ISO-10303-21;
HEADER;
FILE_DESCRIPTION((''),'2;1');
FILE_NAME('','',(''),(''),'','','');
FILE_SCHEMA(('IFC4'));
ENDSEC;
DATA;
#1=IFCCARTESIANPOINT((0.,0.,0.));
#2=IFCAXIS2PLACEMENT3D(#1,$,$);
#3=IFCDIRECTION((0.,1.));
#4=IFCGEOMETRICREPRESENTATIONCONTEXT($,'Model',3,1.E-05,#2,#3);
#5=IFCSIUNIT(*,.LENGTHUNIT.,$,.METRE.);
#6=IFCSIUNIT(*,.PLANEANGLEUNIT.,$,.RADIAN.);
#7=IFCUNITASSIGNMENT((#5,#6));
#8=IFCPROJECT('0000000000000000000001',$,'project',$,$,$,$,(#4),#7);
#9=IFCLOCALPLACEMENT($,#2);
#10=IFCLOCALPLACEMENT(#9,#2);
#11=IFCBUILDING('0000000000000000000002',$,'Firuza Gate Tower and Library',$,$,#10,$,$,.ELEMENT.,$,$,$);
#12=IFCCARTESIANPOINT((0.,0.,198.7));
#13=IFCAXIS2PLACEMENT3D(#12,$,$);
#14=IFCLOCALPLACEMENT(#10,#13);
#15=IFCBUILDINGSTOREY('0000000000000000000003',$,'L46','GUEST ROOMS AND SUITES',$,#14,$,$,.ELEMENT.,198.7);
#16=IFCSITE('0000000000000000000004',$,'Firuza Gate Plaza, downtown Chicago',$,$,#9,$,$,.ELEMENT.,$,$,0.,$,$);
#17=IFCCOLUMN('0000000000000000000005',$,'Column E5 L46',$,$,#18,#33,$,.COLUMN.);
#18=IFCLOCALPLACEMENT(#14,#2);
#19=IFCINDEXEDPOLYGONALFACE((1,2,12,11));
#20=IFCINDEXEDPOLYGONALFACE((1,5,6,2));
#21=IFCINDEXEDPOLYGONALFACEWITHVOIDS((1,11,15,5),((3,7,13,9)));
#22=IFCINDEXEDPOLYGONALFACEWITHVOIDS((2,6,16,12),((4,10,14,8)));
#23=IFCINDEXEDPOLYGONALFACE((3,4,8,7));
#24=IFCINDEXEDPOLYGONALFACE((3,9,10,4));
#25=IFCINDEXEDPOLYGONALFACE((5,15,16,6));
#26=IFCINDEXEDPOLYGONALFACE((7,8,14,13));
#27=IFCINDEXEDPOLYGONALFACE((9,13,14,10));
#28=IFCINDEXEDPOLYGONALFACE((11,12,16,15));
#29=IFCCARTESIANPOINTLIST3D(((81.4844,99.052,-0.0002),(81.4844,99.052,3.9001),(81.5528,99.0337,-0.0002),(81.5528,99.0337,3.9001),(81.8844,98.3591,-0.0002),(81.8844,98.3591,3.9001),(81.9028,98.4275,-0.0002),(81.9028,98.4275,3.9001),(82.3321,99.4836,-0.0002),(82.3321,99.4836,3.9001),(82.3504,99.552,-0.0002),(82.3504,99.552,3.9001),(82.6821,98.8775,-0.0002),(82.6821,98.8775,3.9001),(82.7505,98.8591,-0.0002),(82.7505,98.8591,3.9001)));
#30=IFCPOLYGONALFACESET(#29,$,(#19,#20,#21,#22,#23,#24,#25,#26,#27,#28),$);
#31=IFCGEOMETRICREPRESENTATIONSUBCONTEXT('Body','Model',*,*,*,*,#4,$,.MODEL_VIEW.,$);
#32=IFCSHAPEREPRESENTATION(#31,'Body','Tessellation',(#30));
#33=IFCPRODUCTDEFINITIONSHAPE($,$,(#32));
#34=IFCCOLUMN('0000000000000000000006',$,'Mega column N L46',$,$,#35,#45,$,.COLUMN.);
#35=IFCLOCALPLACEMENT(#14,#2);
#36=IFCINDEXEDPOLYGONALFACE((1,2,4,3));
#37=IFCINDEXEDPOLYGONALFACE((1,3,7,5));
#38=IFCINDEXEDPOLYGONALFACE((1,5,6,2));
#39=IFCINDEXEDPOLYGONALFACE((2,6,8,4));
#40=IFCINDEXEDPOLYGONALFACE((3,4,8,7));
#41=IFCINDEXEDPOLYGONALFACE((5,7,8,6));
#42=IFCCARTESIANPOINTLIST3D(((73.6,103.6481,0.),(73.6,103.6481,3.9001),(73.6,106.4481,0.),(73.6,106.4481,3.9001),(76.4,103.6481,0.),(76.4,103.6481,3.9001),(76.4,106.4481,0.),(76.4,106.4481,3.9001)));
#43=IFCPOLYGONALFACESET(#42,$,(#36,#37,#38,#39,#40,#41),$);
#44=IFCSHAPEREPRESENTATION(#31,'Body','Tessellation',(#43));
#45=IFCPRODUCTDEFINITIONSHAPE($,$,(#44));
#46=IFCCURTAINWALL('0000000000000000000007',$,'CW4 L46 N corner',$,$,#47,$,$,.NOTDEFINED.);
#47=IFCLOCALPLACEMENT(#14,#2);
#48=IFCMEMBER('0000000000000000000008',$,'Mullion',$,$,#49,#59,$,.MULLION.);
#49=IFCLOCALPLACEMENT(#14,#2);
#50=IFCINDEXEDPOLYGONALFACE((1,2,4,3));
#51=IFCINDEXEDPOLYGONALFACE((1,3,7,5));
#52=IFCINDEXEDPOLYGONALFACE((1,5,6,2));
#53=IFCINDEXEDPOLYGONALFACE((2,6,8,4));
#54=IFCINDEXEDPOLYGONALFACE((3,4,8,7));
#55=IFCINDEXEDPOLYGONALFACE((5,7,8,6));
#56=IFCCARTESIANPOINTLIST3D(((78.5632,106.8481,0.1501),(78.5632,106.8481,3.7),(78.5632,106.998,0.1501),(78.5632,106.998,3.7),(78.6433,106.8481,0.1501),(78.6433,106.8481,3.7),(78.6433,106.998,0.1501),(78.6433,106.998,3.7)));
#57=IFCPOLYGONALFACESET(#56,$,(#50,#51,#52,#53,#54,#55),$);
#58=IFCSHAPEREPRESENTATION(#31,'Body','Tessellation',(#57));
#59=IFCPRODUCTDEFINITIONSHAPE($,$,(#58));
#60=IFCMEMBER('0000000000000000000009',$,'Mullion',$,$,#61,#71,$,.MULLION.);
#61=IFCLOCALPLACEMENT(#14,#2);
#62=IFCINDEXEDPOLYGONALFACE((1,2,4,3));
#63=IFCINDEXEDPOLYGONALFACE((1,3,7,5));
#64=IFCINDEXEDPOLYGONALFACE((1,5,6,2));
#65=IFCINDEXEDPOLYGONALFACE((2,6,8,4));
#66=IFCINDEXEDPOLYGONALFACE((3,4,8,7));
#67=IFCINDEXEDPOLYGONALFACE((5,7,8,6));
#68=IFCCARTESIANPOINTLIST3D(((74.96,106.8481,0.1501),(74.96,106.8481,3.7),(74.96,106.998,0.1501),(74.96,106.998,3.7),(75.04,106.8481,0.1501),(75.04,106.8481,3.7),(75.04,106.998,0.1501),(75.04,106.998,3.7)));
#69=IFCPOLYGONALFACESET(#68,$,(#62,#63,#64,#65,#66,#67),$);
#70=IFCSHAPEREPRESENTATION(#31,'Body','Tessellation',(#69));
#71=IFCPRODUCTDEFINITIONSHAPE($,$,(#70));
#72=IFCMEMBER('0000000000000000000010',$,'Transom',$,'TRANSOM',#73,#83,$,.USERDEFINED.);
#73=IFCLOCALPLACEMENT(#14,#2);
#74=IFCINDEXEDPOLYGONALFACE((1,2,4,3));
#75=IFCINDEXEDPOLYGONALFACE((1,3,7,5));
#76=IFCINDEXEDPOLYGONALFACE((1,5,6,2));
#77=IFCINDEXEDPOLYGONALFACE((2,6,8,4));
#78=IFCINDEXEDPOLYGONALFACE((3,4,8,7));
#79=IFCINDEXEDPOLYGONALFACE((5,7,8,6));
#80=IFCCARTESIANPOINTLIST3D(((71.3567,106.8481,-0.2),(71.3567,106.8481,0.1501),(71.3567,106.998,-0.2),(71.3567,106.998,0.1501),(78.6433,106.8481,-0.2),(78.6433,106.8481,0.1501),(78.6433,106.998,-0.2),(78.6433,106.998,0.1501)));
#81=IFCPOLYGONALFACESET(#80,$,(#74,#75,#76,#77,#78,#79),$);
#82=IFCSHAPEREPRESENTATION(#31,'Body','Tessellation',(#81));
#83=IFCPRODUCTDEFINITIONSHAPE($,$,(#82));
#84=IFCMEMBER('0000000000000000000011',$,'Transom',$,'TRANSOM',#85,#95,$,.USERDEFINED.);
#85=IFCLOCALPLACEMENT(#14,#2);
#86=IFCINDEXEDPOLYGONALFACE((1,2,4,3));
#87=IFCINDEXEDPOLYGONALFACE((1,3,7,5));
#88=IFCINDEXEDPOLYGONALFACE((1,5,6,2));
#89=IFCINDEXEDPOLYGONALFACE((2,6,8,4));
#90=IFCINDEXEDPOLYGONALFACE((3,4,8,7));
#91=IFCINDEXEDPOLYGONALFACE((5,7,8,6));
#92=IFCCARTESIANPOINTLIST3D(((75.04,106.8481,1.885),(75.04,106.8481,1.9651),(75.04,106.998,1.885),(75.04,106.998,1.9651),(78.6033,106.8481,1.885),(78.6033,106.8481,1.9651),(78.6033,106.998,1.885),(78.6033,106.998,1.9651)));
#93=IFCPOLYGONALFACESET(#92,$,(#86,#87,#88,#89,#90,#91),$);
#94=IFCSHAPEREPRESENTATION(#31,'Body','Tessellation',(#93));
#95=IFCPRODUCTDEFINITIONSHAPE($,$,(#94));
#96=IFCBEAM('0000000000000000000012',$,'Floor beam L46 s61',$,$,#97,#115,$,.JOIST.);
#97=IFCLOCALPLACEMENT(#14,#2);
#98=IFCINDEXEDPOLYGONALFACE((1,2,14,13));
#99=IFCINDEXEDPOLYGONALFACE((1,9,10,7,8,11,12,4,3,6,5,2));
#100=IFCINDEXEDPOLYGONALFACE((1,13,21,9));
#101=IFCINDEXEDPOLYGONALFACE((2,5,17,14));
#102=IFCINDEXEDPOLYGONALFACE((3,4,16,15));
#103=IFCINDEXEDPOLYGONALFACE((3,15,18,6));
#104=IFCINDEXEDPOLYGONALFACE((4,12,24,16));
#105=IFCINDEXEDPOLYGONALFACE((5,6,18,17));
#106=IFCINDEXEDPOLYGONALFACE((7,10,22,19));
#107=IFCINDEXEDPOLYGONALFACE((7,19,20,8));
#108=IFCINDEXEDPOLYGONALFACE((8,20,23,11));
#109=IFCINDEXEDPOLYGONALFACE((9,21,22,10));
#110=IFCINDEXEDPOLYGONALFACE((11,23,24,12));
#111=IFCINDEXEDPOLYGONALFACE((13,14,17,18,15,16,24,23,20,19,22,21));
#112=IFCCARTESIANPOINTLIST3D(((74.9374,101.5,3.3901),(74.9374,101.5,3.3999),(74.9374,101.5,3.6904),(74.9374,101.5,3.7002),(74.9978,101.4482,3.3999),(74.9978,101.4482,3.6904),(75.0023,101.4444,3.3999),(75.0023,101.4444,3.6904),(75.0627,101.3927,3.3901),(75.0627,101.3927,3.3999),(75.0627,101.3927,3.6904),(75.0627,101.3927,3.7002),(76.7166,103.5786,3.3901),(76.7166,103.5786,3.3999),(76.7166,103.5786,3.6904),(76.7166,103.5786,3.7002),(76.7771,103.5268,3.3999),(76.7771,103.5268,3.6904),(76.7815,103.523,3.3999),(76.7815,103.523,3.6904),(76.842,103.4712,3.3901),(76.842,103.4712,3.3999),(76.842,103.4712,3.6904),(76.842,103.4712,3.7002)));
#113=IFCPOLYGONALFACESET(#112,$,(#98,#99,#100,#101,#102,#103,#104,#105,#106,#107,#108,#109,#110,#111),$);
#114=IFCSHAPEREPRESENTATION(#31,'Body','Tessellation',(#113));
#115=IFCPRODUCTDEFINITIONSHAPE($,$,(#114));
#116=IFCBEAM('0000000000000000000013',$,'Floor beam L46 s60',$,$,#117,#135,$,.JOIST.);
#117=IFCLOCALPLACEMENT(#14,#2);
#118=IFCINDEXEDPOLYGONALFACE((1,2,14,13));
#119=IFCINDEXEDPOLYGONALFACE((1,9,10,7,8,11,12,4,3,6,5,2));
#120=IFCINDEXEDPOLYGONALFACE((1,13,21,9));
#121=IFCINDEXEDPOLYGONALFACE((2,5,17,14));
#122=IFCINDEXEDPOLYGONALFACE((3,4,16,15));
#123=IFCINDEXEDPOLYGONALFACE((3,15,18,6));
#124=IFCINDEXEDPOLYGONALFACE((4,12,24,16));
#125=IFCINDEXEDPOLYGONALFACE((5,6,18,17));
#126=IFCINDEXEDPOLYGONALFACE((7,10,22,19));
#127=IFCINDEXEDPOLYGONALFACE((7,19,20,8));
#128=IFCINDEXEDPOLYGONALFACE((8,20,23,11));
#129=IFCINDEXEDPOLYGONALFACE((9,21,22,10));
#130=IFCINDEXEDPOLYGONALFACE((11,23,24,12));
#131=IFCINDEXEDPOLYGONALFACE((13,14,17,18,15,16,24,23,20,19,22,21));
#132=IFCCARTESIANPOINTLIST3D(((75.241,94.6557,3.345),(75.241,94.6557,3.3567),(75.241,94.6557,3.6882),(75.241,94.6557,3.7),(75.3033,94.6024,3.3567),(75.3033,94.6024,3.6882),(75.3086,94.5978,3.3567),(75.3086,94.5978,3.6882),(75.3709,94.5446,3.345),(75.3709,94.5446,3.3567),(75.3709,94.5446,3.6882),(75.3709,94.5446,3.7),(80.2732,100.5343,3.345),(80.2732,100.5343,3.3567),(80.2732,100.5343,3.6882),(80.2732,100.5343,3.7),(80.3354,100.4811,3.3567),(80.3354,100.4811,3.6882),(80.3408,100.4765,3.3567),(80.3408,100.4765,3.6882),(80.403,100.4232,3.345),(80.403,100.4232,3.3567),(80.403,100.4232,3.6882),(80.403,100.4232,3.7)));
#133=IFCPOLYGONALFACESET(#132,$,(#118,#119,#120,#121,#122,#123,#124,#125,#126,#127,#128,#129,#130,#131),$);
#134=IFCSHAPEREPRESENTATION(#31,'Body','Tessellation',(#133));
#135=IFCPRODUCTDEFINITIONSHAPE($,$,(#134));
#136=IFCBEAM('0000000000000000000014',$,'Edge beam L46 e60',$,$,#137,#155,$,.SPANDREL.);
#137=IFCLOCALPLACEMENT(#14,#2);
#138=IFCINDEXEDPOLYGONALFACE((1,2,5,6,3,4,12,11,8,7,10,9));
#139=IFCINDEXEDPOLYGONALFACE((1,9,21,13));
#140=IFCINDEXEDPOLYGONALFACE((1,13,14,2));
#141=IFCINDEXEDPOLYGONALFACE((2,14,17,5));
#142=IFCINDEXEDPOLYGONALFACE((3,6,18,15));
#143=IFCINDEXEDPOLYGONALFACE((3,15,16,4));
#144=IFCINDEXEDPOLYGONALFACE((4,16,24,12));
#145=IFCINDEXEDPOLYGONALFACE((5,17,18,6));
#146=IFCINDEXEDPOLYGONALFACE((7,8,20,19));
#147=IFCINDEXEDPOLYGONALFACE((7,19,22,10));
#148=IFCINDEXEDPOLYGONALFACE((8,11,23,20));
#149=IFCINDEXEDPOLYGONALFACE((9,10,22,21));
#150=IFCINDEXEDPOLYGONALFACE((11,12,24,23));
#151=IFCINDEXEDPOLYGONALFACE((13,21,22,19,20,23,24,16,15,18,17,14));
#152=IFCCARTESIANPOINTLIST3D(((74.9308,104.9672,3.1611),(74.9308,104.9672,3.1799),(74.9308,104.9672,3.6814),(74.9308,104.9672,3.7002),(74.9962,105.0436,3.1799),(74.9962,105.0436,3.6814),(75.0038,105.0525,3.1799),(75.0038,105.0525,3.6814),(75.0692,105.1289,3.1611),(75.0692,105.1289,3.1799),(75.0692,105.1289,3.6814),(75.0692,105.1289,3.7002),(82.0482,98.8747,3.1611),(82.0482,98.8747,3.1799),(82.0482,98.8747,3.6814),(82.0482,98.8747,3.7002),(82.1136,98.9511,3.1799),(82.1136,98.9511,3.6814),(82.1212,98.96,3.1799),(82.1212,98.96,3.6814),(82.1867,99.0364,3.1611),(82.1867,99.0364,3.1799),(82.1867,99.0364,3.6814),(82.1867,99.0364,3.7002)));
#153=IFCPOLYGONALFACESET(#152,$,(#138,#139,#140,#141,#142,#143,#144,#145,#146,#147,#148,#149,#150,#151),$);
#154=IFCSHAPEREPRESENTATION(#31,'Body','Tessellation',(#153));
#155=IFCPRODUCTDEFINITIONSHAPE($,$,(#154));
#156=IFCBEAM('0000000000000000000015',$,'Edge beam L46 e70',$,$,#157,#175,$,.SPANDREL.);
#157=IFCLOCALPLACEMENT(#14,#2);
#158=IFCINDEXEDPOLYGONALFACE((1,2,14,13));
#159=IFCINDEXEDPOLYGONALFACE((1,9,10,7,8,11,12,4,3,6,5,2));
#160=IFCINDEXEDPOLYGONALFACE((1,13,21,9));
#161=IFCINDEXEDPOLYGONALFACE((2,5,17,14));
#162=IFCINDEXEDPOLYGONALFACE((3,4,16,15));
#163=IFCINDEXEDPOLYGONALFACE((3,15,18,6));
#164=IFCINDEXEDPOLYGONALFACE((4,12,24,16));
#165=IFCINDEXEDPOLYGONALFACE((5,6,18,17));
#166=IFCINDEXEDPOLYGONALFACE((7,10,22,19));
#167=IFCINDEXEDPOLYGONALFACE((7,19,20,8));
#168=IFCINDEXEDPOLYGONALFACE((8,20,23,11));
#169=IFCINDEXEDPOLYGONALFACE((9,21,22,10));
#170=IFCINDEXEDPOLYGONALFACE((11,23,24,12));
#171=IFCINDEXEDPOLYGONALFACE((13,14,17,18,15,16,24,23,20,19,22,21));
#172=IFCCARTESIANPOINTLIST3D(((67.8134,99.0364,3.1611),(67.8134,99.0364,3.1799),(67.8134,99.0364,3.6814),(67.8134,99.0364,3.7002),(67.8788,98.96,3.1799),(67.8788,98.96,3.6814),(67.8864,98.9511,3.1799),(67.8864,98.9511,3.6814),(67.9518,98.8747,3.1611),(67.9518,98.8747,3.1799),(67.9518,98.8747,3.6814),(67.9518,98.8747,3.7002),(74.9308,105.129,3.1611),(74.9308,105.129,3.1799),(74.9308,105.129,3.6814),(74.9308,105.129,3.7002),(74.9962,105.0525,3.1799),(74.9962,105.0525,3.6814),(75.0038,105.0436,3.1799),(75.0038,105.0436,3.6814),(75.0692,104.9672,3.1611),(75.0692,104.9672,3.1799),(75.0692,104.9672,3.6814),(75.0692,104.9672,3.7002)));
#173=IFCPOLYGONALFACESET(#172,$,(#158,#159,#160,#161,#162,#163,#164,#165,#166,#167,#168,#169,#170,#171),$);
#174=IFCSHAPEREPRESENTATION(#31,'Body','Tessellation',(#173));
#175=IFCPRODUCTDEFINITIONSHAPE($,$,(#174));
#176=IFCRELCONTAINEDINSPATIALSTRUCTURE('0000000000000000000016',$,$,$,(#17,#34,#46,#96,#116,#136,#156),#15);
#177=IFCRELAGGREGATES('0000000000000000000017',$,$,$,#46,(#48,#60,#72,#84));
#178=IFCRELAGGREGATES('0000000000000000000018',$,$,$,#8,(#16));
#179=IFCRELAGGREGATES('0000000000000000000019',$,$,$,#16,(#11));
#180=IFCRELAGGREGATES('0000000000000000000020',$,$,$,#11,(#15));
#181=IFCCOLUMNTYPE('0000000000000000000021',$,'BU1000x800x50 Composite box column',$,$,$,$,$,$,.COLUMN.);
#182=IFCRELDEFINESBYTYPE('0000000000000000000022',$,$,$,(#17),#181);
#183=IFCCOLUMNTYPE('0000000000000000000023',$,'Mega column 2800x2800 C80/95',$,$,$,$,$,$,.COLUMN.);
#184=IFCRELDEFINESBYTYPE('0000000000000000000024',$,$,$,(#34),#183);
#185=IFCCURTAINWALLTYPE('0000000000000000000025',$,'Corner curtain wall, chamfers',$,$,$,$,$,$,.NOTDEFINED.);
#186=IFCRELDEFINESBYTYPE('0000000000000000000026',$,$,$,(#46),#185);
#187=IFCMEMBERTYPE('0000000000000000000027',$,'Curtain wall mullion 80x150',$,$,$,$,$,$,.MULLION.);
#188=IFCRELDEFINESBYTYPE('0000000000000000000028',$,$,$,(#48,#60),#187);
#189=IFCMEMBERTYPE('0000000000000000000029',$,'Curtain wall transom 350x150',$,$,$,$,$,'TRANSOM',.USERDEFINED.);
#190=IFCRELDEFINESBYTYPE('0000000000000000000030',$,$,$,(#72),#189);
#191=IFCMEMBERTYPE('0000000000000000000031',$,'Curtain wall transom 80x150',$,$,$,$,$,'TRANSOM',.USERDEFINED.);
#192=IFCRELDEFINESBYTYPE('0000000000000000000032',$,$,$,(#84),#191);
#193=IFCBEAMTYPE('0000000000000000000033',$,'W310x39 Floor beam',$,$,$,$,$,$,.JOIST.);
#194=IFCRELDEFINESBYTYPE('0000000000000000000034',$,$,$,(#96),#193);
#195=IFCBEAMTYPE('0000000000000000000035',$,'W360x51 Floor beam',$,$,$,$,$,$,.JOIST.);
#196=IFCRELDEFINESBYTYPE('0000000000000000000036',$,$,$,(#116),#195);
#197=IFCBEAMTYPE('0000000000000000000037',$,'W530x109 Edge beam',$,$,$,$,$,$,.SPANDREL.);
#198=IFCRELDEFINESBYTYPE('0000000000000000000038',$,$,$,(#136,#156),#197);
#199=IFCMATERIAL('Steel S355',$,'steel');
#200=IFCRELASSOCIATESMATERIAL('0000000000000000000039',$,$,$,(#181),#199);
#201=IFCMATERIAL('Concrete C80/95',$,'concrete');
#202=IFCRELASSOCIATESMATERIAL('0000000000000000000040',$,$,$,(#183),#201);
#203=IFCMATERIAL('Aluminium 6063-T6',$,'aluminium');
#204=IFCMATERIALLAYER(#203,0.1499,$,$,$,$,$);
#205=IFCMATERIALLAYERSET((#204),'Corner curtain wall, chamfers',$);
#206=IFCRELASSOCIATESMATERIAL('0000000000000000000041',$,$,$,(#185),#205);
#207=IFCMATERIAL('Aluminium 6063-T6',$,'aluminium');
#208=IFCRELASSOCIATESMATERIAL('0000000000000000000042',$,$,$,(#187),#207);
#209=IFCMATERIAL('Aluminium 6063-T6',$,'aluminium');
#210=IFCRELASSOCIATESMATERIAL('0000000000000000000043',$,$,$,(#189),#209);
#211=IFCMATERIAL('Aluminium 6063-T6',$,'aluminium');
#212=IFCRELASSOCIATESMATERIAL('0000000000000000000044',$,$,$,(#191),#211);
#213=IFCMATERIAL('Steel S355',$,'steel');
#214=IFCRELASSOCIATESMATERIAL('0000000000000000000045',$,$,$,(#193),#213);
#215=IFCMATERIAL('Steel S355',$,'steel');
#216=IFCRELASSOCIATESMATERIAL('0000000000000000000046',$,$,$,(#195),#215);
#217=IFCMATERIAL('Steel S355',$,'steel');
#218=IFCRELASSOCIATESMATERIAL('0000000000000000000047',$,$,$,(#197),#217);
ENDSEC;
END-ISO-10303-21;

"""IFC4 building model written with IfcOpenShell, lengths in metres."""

from ifc_helpers import new_model, si_unit, direction, frame, origin, origin_2d, place, context, subcontext, project, spatial, rectangle, hollow_rectangle, i_section, extrude, material, layer, layer_set, material_profile, profile_set, type_object, element, aggregate, save


model = new_model("IFC4")

# Units and contexts
model_context = context("Model", 3, precision=1e-05, world=origin(), true_north=direction((0.0, 1.0)))
body_context = subcontext(model_context, "Body", "Model", "MODEL_VIEW")
ifc_project = project(units=[si_unit("LENGTHUNIT", "METRE"), si_unit("PLANEANGLEUNIT", "RADIAN")], contexts=[model_context])

# Site, building, storey
site_placement = place(None, origin())
site = spatial("IfcSite", under=ifc_project, at=site_placement, Name="Firuza Gate Plaza, downtown Chicago", CompositionType="ELEMENT", RefElevation=0.0)
building_placement = place(site_placement, origin())
building = spatial("IfcBuilding", under=site, at=building_placement, Name="Firuza Gate Tower and Library", CompositionType="ELEMENT")
storey_placement = place(building_placement, frame((0.0, 0.0, 198.7)))
storey = spatial("IfcBuildingStorey", under=building, at=storey_placement, Name="L46", Description="GUEST ROOMS AND SUITES", CompositionType="ELEMENT", Elevation=198.7)

# Columns
ifc_material_1 = material(Name="Steel S355", Category="steel")
ifc_material_profile_1 = material_profile(ifc_material_1, hollow_rectangle(XDim=0.8, YDim=1.0, WallThickness=0.05, at=origin_2d()))
ifc_profile_set_1 = profile_set([ifc_material_profile_1], Name="Steel S355")
column_type_1 = type_object("IfcColumnType", Name="BU1000x800x50 Composite box column", PredefinedType="COLUMN", material=ifc_profile_set_1)
column_1_placement = place(storey_placement, frame((82.1174, 98.9556, -0.0002), z_axis=(0.0, 0.0, 1.0), x_axis=(-0.5, 0.866025, 0.0)))
element("IfcColumn", 1, at=column_1_placement, inside=storey, type_object=column_type_1, Name="Column E5 L46", PredefinedType="COLUMN", context=body_context, shape_type="SweptSolid", body=[
    extrude(hollow_rectangle(XDim=0.8, YDim=1.0, WallThickness=0.05, at=origin_2d()), origin(), (0.0, 0.0, 1.0), 3.9004),
])
ifc_material_2 = material(Name="Concrete C80/95", Category="concrete")
ifc_material_profile_2 = material_profile(ifc_material_2, rectangle(XDim=2.8, YDim=2.8, at=origin_2d()))
ifc_profile_set_2 = profile_set([ifc_material_profile_2], Name="Concrete C80/95")
column_type_2 = type_object("IfcColumnType", Name="Mega column 2800x2800 C80/95", PredefinedType="COLUMN", material=ifc_profile_set_2)
column_2_placement = place(storey_placement, frame((75.0, 105.0481, 0.0), z_axis=(0.0, 0.0, 1.0), x_axis=(-1.0, 0.0, 0.0)))
element("IfcColumn", 2, at=column_2_placement, inside=storey, type_object=column_type_2, Name="Mega column N L46", PredefinedType="COLUMN", context=body_context, shape_type="SweptSolid", body=[
    extrude(rectangle(XDim=2.8, YDim=2.8, at=origin_2d()), origin(), (0.0, 0.0, 1.0), 3.9001),
])

# Curtain wall, members
ifc_material_3 = material(Name="Aluminium 6063-T6", Category="aluminium")
ifc_layer_1 = layer(ifc_material_3, 0.1499)
ifc_layer_set_1 = layer_set([ifc_layer_1], Name="Corner curtain wall, chamfers")
curtain_wall_type = type_object("IfcCurtainWallType", Name="Corner curtain wall, chamfers", PredefinedType="NOTDEFINED", material=ifc_layer_set_1)
curtain_wall_placement = place(storey_placement, origin())
curtain_wall = element("IfcCurtainWall", 3, at=curtain_wall_placement, inside=storey, type_object=curtain_wall_type, Name="CW4 L46 N corner", PredefinedType="NOTDEFINED")
ifc_material_4 = material(Name="Aluminium 6063-T6", Category="aluminium")
ifc_material_profile_3 = material_profile(ifc_material_4, rectangle(XDim=0.1499, YDim=0.0801, at=origin_2d()))
ifc_profile_set_3 = profile_set([ifc_material_profile_3], Name="Aluminium 6063-T6")
member_type_1 = type_object("IfcMemberType", Name="Curtain wall mullion 80x150", PredefinedType="MULLION", material=ifc_profile_set_3)
member_1_placement = place(storey_placement, frame((78.6033, 106.9231, 0.1501), z_axis=(0.0, 0.0, 1.0), x_axis=(0.0, -1.0, 0.0)))
member_1 = element("IfcMember", 4, at=member_1_placement, type_object=member_type_1, Name="Mullion", PredefinedType="MULLION", context=body_context, shape_type="SweptSolid", body=[
    extrude(rectangle(XDim=0.1499, YDim=0.0801, at=origin_2d()), origin(), (0.0, 0.0, 1.0), 3.5498),
])
member_2_placement = place(storey_placement, frame((75.0, 106.9231, 0.1501), z_axis=(0.0, 0.0, 1.0), x_axis=(0.0, -1.0, 0.0)))
member_2 = element("IfcMember", 5, at=member_2_placement, type_object=member_type_1, Name="Mullion", PredefinedType="MULLION", context=body_context, shape_type="SweptSolid", body=[
    extrude(rectangle(XDim=0.1499, YDim=0.0801, at=origin_2d()), origin(), (0.0, 0.0, 1.0), 3.5498),
])
ifc_material_5 = material(Name="Aluminium 6063-T6", Category="aluminium")
ifc_material_profile_4 = material_profile(ifc_material_5, rectangle(XDim=0.1499, YDim=0.3501, at=origin_2d()))
ifc_profile_set_4 = profile_set([ifc_material_profile_4], Name="Aluminium 6063-T6")
member_type_2 = type_object("IfcMemberType", Name="Curtain wall transom 350x150", ElementType="TRANSOM", PredefinedType="USERDEFINED", material=ifc_profile_set_4)
member_3_placement = place(storey_placement, frame((78.6433, 106.9231, -0.0249), z_axis=(-1.0, 0.0, 0.0), x_axis=(0.0, -1.0, 0.0)))
member_3 = element("IfcMember", 6, at=member_3_placement, type_object=member_type_2, Name="Transom", ObjectType="TRANSOM", PredefinedType="USERDEFINED", context=body_context, shape_type="SweptSolid", body=[
    extrude(rectangle(XDim=0.1499, YDim=0.3501, at=origin_2d()), origin(), (0.0, 0.0, 1.0), 7.2866),
])
ifc_material_6 = material(Name="Aluminium 6063-T6", Category="aluminium")
ifc_material_profile_5 = material_profile(ifc_material_6, rectangle(XDim=0.1499, YDim=0.0801, at=origin_2d()))
ifc_profile_set_5 = profile_set([ifc_material_profile_5], Name="Aluminium 6063-T6")
member_type_3 = type_object("IfcMemberType", Name="Curtain wall transom 80x150", ElementType="TRANSOM", PredefinedType="USERDEFINED", material=ifc_profile_set_5)
member_4_placement = place(storey_placement, frame((78.6033, 106.9231, 1.925), z_axis=(-1.0, 0.0, 0.0), x_axis=(0.0, -1.0, 0.0)))
member_4 = element("IfcMember", 7, at=member_4_placement, type_object=member_type_3, Name="Transom", ObjectType="TRANSOM", PredefinedType="USERDEFINED", context=body_context, shape_type="SweptSolid", body=[
    extrude(rectangle(XDim=0.1499, YDim=0.0801, at=origin_2d()), origin(), (0.0, 0.0, 1.0), 3.5632),
])

# Beams
ifc_material_7 = material(Name="Steel S355", Category="steel")
ifc_material_profile_6 = material_profile(ifc_material_7, i_section(OverallWidth=0.165, OverallDepth=0.3101, WebThickness=0.0059, FlangeThickness=0.0098, at=origin_2d()))
ifc_profile_set_6 = profile_set([ifc_material_profile_6], Name="Steel S355")
beam_type_1 = type_object("IfcBeamType", Name="W310x39 Floor beam", PredefinedType="JOIST", material=ifc_profile_set_6)
beam_1_placement = place(storey_placement, frame((76.7793, 103.5249, 3.5452), z_axis=(-0.650292, -0.759685, 0.0), x_axis=(0.759685, -0.650292, 0.0)))
element("IfcBeam", 8, at=beam_1_placement, inside=storey, type_object=beam_type_1, Name="Floor beam L46 s61", PredefinedType="JOIST", context=body_context, shape_type="SweptSolid", body=[
    extrude(i_section(OverallWidth=0.165, OverallDepth=0.3101, WebThickness=0.0059, FlangeThickness=0.0098, at=origin_2d()), origin(), (0.0, 0.0, 1.0), 2.7361),
])
ifc_material_8 = material(Name="Steel S355", Category="steel")
ifc_material_profile_7 = material_profile(ifc_material_8, i_section(OverallWidth=0.1709, OverallDepth=0.355, WebThickness=0.0071, FlangeThickness=0.0117, at=origin_2d()))
ifc_profile_set_7 = profile_set([ifc_material_profile_7], Name="Steel S355")
beam_type_2 = type_object("IfcBeamType", Name="W360x51 Floor beam", PredefinedType="JOIST", material=ifc_profile_set_7)
beam_2_placement = place(storey_placement, frame((80.3381, 100.4788, 3.5225), z_axis=(-0.650298, -0.75968, 0.0), x_axis=(0.75968, -0.650298, 0.0)))
element("IfcBeam", 9, at=beam_2_placement, inside=storey, type_object=beam_type_2, Name="Floor beam L46 s60", PredefinedType="JOIST", context=body_context, shape_type="SweptSolid", body=[
    extrude(i_section(OverallWidth=0.1709, OverallDepth=0.355, WebThickness=0.0071, FlangeThickness=0.0117, at=origin_2d()), origin(), (0.0, 0.0, 1.0), 7.7383),
])
ifc_material_9 = material(Name="Steel S355", Category="steel")
ifc_material_profile_8 = material_profile(ifc_material_9, i_section(OverallWidth=0.2129, OverallDepth=0.5391, WebThickness=0.0117, FlangeThickness=0.0188, at=origin_2d()))
ifc_profile_set_8 = profile_set([ifc_material_profile_8], Name="Steel S355")
beam_type_3 = type_object("IfcBeamType", Name="W530x109 Edge beam", PredefinedType="SPANDREL", material=ifc_profile_set_8)
for number, where, z_axis, x_axis, name in (
    (10, (82.1174, 98.9556, 3.4307), (-0.759685, 0.650291, 0.0), (-0.650291, -0.759685, 0.0), "Edge beam L46 e60"),
    (11, (75.0, 105.0481, 3.4307), (-0.759685, -0.650291, 0.0), (0.650291, -0.759685, 0.0), "Edge beam L46 e70"),
):
    element("IfcBeam", number, at=place(storey_placement, frame(where, z_axis=z_axis, x_axis=x_axis)), inside=storey, type_object=beam_type_3, Name=name, PredefinedType="SPANDREL", context=body_context, shape_type="SweptSolid", body=[
        extrude(i_section(OverallWidth=0.2129, OverallDepth=0.5391, WebThickness=0.0117, FlangeThickness=0.0188, at=origin_2d()), origin(), (0.0, 0.0, 1.0), 9.3689),
    ])

aggregate(curtain_wall, [member_1, member_2, member_3, member_4])

save(model, "model.ifc")
